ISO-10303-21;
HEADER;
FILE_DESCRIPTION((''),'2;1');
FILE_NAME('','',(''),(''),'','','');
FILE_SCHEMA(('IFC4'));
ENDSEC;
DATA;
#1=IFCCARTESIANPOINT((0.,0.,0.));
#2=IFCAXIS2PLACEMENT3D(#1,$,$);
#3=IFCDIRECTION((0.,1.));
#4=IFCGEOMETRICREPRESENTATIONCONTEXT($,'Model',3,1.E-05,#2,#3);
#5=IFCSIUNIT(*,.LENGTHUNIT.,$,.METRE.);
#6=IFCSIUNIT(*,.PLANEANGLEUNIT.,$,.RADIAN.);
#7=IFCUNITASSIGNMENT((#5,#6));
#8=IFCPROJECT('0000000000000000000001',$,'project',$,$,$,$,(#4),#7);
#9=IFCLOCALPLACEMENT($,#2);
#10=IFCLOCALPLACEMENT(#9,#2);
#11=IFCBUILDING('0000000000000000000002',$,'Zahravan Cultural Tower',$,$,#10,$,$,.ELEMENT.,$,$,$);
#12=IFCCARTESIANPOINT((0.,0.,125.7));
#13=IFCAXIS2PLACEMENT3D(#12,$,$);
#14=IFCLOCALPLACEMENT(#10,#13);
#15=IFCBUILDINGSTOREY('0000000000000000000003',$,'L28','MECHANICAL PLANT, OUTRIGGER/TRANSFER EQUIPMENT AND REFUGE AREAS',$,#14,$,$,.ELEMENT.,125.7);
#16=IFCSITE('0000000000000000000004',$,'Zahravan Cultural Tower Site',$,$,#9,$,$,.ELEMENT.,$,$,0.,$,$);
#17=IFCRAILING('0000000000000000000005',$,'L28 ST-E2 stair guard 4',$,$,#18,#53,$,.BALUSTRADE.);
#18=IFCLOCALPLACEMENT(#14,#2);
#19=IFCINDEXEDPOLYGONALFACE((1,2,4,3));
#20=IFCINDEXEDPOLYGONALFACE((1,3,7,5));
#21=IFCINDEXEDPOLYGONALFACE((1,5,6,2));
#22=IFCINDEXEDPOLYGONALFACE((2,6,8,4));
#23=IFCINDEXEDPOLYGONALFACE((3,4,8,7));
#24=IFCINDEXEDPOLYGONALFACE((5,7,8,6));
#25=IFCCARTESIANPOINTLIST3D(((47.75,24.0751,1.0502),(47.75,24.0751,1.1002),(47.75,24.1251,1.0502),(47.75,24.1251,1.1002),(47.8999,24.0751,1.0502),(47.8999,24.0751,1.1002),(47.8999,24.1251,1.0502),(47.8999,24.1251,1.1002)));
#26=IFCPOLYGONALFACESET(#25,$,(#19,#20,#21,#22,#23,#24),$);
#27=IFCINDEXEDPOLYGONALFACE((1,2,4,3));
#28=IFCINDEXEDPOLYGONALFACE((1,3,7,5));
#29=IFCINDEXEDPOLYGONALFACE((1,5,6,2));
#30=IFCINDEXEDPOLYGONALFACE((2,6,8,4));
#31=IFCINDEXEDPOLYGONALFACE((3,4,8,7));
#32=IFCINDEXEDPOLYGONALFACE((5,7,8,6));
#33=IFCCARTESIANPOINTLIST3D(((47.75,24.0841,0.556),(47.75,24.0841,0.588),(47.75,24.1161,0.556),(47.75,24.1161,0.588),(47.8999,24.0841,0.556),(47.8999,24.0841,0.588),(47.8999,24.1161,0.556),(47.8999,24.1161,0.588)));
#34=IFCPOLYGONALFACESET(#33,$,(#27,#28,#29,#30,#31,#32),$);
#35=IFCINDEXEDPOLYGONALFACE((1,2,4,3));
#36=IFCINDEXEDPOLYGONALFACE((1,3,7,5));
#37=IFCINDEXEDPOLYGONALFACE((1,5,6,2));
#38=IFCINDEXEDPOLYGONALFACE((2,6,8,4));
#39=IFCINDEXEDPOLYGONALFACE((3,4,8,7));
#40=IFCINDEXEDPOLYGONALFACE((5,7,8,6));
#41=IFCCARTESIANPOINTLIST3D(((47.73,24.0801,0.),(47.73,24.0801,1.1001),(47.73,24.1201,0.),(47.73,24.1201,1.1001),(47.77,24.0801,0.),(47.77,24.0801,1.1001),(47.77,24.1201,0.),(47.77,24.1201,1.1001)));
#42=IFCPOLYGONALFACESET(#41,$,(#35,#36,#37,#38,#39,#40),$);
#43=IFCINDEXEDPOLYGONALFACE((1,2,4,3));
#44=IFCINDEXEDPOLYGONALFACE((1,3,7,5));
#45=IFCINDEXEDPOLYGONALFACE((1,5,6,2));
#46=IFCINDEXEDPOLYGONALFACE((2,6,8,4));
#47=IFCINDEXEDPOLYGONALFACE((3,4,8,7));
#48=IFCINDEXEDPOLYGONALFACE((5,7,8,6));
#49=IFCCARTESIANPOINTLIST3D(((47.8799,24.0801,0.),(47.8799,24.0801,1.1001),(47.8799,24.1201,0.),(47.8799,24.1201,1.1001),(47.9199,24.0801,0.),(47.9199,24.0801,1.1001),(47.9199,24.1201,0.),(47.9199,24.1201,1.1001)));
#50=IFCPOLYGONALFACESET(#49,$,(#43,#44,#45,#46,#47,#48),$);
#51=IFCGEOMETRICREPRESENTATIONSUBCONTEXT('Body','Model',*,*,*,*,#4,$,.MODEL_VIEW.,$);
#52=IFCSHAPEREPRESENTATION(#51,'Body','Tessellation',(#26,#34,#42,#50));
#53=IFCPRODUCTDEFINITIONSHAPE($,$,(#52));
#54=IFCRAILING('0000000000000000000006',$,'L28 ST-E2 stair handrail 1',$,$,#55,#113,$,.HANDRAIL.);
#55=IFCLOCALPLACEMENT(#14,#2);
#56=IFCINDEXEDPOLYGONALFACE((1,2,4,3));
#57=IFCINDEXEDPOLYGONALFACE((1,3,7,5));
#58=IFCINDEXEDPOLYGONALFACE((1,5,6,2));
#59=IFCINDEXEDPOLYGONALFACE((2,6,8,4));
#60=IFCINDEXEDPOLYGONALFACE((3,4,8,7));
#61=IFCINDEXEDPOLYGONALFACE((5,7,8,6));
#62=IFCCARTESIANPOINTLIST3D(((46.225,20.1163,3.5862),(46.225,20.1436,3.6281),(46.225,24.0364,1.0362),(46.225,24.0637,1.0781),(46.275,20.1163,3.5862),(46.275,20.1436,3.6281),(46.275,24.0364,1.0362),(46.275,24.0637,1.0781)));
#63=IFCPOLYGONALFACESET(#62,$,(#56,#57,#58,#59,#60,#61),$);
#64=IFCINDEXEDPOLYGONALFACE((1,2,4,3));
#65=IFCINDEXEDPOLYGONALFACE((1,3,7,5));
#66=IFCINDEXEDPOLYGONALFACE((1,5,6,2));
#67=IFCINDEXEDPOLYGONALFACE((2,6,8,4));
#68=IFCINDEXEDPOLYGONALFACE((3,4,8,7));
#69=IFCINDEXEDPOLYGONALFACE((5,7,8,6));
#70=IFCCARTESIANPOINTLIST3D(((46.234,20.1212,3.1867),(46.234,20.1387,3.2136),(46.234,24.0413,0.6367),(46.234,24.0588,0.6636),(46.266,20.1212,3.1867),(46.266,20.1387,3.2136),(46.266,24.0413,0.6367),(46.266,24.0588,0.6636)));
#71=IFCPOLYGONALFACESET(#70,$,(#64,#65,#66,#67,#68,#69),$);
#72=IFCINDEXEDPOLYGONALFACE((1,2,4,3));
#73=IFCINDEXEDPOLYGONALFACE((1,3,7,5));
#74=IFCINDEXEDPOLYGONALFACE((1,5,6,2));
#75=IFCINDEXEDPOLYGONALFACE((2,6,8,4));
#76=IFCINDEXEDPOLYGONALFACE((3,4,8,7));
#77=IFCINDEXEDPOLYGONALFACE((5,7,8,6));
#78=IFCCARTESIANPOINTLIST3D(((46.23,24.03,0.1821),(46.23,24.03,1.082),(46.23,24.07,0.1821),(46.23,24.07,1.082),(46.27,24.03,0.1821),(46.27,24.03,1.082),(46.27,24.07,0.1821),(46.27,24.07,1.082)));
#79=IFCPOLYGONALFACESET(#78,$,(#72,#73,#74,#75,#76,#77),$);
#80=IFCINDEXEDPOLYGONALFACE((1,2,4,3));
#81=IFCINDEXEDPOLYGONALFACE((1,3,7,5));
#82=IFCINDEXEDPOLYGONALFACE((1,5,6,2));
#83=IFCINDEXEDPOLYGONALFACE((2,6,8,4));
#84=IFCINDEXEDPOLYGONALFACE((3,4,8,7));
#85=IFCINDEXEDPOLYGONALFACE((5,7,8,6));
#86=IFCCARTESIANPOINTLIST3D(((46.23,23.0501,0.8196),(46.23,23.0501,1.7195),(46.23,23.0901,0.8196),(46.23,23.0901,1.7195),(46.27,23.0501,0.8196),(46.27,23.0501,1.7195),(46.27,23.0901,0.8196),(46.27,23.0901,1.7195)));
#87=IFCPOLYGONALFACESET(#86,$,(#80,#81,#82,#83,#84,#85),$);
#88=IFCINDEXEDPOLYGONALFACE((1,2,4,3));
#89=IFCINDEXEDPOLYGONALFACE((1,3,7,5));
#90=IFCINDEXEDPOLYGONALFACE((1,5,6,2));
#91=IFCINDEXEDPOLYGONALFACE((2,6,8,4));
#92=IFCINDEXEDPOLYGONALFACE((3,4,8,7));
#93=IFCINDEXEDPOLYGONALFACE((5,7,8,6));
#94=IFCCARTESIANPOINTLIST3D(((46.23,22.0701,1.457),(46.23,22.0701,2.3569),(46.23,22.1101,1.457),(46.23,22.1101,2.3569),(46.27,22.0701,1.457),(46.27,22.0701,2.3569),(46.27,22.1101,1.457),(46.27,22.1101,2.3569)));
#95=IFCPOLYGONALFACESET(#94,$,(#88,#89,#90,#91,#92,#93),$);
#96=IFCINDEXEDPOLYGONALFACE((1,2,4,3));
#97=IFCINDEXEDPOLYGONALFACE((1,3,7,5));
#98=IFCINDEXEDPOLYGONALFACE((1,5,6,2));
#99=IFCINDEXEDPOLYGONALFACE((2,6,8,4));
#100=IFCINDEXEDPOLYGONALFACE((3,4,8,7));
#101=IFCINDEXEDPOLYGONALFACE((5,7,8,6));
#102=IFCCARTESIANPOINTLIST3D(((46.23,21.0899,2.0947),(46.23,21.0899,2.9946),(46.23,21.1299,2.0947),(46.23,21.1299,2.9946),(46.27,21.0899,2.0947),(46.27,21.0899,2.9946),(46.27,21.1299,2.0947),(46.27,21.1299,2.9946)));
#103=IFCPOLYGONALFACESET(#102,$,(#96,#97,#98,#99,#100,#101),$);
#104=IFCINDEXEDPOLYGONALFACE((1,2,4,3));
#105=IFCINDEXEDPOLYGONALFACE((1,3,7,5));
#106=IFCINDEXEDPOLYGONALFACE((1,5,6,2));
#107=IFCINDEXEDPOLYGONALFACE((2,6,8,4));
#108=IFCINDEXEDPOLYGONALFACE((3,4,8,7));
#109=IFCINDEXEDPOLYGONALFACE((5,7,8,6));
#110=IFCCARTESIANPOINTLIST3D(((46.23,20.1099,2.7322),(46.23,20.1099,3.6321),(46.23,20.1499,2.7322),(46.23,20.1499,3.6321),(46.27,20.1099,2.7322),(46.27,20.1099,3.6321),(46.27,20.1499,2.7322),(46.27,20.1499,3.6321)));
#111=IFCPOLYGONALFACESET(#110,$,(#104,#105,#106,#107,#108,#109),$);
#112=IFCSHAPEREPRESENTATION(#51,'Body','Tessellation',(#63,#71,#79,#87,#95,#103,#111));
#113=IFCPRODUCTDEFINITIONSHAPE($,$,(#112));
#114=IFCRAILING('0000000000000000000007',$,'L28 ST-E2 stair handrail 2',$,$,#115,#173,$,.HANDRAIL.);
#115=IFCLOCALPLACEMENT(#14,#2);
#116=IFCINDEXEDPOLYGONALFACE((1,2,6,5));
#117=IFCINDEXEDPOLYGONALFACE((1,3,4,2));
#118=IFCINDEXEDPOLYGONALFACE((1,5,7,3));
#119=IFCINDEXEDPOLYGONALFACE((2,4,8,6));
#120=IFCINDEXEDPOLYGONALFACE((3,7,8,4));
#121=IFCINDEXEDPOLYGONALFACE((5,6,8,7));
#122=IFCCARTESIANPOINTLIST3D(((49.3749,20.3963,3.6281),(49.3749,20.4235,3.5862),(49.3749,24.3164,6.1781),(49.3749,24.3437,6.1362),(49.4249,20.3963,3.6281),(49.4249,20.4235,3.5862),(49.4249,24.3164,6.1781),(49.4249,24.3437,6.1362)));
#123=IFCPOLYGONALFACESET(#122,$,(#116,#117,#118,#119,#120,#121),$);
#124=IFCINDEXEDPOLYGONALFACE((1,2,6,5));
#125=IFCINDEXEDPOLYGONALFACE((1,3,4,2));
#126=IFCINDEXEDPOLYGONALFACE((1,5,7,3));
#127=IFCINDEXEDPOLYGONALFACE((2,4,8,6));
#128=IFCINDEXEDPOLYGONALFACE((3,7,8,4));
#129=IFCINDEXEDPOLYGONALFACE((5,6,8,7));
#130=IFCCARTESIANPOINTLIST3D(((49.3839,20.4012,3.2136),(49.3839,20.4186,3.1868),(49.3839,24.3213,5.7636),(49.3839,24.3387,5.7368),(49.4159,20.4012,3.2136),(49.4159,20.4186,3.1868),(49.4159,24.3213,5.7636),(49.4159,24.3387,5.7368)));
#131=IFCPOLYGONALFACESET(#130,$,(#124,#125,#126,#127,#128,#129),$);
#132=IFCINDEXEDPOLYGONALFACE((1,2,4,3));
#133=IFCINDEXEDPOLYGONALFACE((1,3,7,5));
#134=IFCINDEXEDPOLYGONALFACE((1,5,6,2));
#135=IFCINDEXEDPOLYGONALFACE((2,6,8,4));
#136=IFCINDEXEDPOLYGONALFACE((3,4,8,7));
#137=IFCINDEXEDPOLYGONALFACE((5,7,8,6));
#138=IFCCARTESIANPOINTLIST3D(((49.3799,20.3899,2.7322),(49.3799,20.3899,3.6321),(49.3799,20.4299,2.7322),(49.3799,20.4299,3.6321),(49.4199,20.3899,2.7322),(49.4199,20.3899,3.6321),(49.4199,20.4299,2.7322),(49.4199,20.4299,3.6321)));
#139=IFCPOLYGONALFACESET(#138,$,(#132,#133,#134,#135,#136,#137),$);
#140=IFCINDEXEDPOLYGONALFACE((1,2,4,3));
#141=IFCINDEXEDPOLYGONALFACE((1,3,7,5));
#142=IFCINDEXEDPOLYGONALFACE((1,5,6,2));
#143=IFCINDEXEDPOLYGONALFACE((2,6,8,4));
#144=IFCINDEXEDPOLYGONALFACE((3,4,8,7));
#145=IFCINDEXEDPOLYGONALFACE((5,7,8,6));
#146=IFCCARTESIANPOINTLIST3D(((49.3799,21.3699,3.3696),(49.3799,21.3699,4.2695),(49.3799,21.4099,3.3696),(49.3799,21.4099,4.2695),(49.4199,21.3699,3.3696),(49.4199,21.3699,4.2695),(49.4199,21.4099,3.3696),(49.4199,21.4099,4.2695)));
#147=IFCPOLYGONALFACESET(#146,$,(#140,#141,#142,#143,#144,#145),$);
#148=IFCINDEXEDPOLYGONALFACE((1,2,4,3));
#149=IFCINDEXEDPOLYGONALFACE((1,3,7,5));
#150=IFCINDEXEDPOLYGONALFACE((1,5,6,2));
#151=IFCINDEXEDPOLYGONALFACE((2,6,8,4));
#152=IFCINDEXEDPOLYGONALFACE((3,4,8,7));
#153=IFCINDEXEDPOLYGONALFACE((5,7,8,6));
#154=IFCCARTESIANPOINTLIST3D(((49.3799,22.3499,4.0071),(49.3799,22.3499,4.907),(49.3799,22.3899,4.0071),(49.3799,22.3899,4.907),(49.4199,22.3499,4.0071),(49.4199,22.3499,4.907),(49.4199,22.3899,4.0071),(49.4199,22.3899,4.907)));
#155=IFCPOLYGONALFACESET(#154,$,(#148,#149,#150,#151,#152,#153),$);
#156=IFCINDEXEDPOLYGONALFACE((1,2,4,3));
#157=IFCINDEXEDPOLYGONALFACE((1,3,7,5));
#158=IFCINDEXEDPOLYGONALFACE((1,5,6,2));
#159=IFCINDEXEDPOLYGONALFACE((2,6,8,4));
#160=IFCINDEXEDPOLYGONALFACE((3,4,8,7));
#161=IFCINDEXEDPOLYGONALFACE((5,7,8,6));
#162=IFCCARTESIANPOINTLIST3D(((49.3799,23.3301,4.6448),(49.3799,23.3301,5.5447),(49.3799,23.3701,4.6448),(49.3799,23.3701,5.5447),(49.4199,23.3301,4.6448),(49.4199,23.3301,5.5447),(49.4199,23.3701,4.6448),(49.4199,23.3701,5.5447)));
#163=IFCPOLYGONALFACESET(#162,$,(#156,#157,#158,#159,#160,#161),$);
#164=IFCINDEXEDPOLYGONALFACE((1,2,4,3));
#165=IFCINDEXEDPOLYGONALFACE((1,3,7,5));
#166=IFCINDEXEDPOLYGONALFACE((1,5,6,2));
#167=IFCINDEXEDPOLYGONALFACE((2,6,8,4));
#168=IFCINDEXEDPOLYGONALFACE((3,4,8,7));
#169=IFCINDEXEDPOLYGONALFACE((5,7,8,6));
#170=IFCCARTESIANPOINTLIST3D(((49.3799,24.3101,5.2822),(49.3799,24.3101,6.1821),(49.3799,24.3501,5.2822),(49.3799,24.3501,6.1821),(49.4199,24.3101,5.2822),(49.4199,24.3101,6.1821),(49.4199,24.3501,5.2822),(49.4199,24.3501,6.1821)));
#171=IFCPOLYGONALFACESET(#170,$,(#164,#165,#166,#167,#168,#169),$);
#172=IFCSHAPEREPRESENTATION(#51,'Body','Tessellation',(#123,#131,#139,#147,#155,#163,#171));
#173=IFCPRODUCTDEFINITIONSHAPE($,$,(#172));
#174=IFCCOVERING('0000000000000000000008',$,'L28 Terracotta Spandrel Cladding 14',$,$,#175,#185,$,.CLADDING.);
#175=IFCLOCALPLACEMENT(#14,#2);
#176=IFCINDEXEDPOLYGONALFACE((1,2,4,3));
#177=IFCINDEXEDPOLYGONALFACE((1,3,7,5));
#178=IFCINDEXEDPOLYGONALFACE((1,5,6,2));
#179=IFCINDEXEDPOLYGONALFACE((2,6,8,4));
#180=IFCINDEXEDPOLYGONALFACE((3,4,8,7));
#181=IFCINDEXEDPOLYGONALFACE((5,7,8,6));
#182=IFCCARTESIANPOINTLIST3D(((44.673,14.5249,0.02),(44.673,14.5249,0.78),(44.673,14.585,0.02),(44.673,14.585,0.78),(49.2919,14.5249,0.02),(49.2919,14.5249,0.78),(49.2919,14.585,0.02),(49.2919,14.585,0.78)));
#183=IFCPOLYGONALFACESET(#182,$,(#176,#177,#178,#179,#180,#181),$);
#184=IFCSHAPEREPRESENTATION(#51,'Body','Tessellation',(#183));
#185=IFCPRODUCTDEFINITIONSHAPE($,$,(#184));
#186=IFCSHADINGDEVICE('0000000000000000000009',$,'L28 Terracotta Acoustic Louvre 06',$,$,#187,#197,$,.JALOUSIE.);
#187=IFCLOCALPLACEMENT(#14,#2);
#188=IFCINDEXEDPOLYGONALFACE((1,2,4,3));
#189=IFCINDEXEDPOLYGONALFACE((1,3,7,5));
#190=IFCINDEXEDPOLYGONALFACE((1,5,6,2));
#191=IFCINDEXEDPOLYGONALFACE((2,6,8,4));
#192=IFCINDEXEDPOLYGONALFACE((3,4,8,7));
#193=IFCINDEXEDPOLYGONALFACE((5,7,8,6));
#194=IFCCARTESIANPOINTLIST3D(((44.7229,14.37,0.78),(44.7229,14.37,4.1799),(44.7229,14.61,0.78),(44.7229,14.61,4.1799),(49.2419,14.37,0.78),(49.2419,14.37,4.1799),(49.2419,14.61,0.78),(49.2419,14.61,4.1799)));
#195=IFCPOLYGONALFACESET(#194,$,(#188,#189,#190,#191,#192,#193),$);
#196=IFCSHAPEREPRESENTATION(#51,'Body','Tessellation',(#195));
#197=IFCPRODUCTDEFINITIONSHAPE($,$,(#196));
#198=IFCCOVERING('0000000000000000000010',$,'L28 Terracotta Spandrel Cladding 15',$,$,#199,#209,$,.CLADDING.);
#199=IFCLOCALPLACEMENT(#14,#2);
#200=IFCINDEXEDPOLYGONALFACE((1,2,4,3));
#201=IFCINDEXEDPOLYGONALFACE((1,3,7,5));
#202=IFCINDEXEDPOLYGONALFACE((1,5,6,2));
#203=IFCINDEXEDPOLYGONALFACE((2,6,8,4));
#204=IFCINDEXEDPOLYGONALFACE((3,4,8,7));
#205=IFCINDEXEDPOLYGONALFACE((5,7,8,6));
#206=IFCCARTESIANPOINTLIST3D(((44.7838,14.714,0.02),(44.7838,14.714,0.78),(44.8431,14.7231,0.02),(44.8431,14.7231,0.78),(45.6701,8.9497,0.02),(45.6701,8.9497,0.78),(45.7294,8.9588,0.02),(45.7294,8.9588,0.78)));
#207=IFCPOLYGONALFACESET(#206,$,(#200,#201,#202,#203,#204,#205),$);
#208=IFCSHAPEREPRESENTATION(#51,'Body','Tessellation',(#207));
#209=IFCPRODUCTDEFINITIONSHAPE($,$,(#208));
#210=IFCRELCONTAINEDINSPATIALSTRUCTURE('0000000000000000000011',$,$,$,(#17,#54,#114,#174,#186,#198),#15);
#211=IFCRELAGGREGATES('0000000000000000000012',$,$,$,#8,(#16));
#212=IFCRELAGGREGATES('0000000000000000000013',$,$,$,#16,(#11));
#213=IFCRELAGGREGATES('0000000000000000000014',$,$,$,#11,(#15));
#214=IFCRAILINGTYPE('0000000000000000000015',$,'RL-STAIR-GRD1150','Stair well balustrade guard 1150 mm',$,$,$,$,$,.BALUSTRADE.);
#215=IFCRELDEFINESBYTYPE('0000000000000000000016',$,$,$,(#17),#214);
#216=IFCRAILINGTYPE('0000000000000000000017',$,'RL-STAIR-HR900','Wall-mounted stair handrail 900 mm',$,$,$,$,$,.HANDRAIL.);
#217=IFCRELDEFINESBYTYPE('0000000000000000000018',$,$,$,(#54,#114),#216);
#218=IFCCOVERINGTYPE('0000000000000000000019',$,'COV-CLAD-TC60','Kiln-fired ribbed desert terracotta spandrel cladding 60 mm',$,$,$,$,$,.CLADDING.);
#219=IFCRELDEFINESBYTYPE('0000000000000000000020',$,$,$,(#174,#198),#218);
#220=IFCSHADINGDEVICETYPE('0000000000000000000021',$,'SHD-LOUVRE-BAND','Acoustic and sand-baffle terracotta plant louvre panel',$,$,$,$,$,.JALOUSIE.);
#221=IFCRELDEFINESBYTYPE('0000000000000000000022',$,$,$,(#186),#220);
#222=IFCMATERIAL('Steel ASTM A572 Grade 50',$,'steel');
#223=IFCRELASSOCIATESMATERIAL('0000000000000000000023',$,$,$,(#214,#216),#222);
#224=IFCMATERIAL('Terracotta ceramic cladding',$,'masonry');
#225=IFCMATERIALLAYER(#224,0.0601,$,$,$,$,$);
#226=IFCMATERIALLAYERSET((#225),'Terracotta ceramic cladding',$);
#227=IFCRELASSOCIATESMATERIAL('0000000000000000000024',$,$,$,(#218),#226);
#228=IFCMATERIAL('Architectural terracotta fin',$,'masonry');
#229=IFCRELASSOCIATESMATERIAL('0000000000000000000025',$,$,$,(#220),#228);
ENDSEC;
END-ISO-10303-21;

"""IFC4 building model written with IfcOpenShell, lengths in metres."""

from ifc_helpers import new_model, si_unit, direction, frame, origin, origin_2d, place, context, subcontext, project, spatial, rectangle, extrude, source, transform, mapped, material, layer, layer_set, type_object, element, save


model = new_model("IFC4")

# Units and contexts
model_context = context("Model", 3, precision=1e-05, world=origin(), true_north=direction((0.0, 1.0)))
body_context = subcontext(model_context, "Body", "Model", "MODEL_VIEW")
ifc_project = project(units=[si_unit("LENGTHUNIT", "METRE"), si_unit("PLANEANGLEUNIT", "RADIAN")], contexts=[model_context])

# Site, building, storey
site_placement = place(None, origin())
site = spatial("IfcSite", under=ifc_project, at=site_placement, Name="Zahravan Cultural Tower Site", CompositionType="ELEMENT", RefElevation=0.0)
building_placement = place(site_placement, origin())
building = spatial("IfcBuilding", under=site, at=building_placement, Name="Zahravan Cultural Tower", CompositionType="ELEMENT")
storey_placement = place(building_placement, frame((0.0, 0.0, 125.7)))
storey = spatial("IfcBuildingStorey", under=building, at=storey_placement, Name="L28", Description="MECHANICAL PLANT, OUTRIGGER/TRANSFER EQUIPMENT AND REFUGE AREAS", CompositionType="ELEMENT", Elevation=125.7)

# Shared definitions
ifc_material_1 = material(Name="Steel ASTM A572 Grade 50", Category="steel")

# Railings
railing_type_1 = type_object("IfcRailingType", Name="RL-STAIR-GRD1150", Description="Stair well balustrade guard 1150 mm", PredefinedType="BALUSTRADE", material=ifc_material_1)
railing_1_placement = place(storey_placement, frame((47.75, 24.1001, 0.0)))
element("IfcRailing", 1, at=railing_1_placement, inside=storey, type_object=railing_type_1, Name="L28 ST-E2 stair guard 4", PredefinedType="BALUSTRADE", context=body_context, shape_type="SweptSolid", body=[
    extrude(rectangle(XDim=0.05, YDim=0.05, at=origin_2d()), frame((0.0, 0.0, 1.0752), z_axis=(1.0, 0.0, 0.0), x_axis=(0.0, 1.0, 0.0)), (0.0, 0.0, 1.0), 0.1499),
    extrude(rectangle(XDim=0.032, YDim=0.032, at=origin_2d()), frame((0.0, 0.0, 0.572), z_axis=(1.0, 0.0, 0.0), x_axis=(0.0, 1.0, 0.0)), (0.0, 0.0, 1.0), 0.1499),
    extrude(rectangle(XDim=0.04, YDim=0.04, at=origin_2d()), origin(), (0.0, 0.0, 1.0), 1.1001),
    extrude(rectangle(XDim=0.04, YDim=0.04, at=origin_2d()), frame((0.1499, 0.0, 0.0)), (0.0, 0.0, 1.0), 1.1001),
])
railing_type_2 = type_object("IfcRailingType", Name="RL-STAIR-HR900", Description="Wall-mounted stair handrail 900 mm", PredefinedType="HANDRAIL", material=ifc_material_1)
railing_2_placement = place(storey_placement, frame((46.25, 24.05, 0.1821)))
element("IfcRailing", 2, at=railing_2_placement, inside=storey, type_object=railing_type_2, Name="L28 ST-E2 stair handrail 1", PredefinedType="HANDRAIL", context=body_context, shape_type="SweptSolid", body=[
    extrude(rectangle(XDim=0.05, YDim=0.05, at=origin_2d()), frame((0.0, 0.0, 0.875), z_axis=(0.0, -0.838254, 0.54528), x_axis=(1.0, 0.0, 0.0)), (0.0, 0.0, 1.0), 4.6765),
    extrude(rectangle(XDim=0.032, YDim=0.032, at=origin_2d()), frame((0.0, 0.0, 0.468), z_axis=(0.0, -0.838254, 0.54528), x_axis=(1.0, 0.0, 0.0)), (0.0, 0.0, 1.0), 4.6765),
    extrude(rectangle(XDim=0.04, YDim=0.04, at=origin_2d()), origin(), (0.0, 0.0, 1.0), 0.8999),
    extrude(rectangle(XDim=0.04, YDim=0.04, at=origin_2d()), frame((0.0, -0.98, 0.6375)), (0.0, 0.0, 1.0), 0.8999),
    extrude(rectangle(XDim=0.04, YDim=0.04, at=origin_2d()), frame((0.0, -1.96, 1.2749)), (0.0, 0.0, 1.0), 0.8999),
    extrude(rectangle(XDim=0.04, YDim=0.04, at=origin_2d()), frame((0.0, -2.9402, 1.9126)), (0.0, 0.0, 1.0), 0.8999),
    extrude(rectangle(XDim=0.04, YDim=0.04, at=origin_2d()), frame((0.0, -3.9202, 2.55)), (0.0, 0.0, 1.0), 0.8999),
])
railing_3_placement = place(storey_placement, frame((49.3999, 20.4099, 2.7322)))
element("IfcRailing", 3, at=railing_3_placement, inside=storey, type_object=railing_type_2, Name="L28 ST-E2 stair handrail 2", PredefinedType="HANDRAIL", context=body_context, shape_type="SweptSolid", body=[
    extrude(rectangle(XDim=0.05, YDim=0.05, at=origin_2d()), frame((0.0, 0.0, 0.875), z_axis=(0.0, 0.838254, 0.54528), x_axis=(-1.0, 0.0, 0.0)), (0.0, 0.0, 1.0), 4.6765),
    extrude(rectangle(XDim=0.032, YDim=0.032, at=origin_2d()), frame((0.0, 0.0, 0.468), z_axis=(0.0, 0.838254, 0.54528), x_axis=(-1.0, 0.0, 0.0)), (0.0, 0.0, 1.0), 4.6765),
    extrude(rectangle(XDim=0.04, YDim=0.04, at=origin_2d()), origin(), (0.0, 0.0, 1.0), 0.8999),
    extrude(rectangle(XDim=0.04, YDim=0.04, at=origin_2d()), frame((0.0, 0.98, 0.6375)), (0.0, 0.0, 1.0), 0.8999),
    extrude(rectangle(XDim=0.04, YDim=0.04, at=origin_2d()), frame((0.0, 1.96, 1.2749)), (0.0, 0.0, 1.0), 0.8999),
    extrude(rectangle(XDim=0.04, YDim=0.04, at=origin_2d()), frame((0.0, 2.9402, 1.9126)), (0.0, 0.0, 1.0), 0.8999),
    extrude(rectangle(XDim=0.04, YDim=0.04, at=origin_2d()), frame((0.0, 3.9202, 2.55)), (0.0, 0.0, 1.0), 0.8999),
])

# Covering
ifc_material_2 = material(Name="Terracotta ceramic cladding", Category="masonry")
ifc_layer_1 = layer(ifc_material_2, 0.0601)
ifc_layer_set_1 = layer_set([ifc_layer_1], Name="Terracotta ceramic cladding")
covering_type = type_object("IfcCoveringType", Name="COV-CLAD-TC60", Description="Kiln-fired ribbed desert terracotta spandrel cladding 60 mm", PredefinedType="CLADDING", material=ifc_layer_set_1)
shared_shape_1 = source(origin(), body_context, "Body", "SweptSolid", [
    extrude(rectangle(XDim=4.6189, YDim=0.0601, at=origin_2d()), origin(), (0.0, 0.0, 1.0), 0.76),
])
covering_1_placement = place(storey_placement, frame((46.9824, 14.5549, 0.02), z_axis=(0.0, 0.0, 1.0), x_axis=(-1.0, 0.0, 0.0)))
element("IfcCovering", 4, at=covering_1_placement, inside=storey, type_object=covering_type, Name="L28 Terracotta Spandrel Cladding 14", PredefinedType="CLADDING", context=body_context, shape_type="MappedRepresentation", body=[
    mapped(shared_shape_1, transform((0.0, 0.0, 0.0), x_axis=(1.0, 0.0, 0.0), y_axis=(0.0, 1.0, 0.0), z_axis=(0.0, 0.0, 1.0), scale=1.0)),
])

# Shading device
ifc_material_3 = material(Name="Architectural terracotta fin", Category="masonry")
shading_device_type = type_object("IfcShadingDeviceType", Name="SHD-LOUVRE-BAND", Description="Acoustic and sand-baffle terracotta plant louvre panel", PredefinedType="JALOUSIE", material=ifc_material_3)
shared_shape_2 = source(origin(), body_context, "Body", "SweptSolid", [
    extrude(rectangle(XDim=4.519, YDim=0.24, at=origin_2d()), origin(), (0.0, 0.0, 1.0), 3.3999),
])
shading_device_1_placement = place(storey_placement, frame((46.9824, 14.49, 0.78), z_axis=(0.0, 0.0, 1.0), x_axis=(-1.0, 0.0, 0.0)))
element("IfcShadingDevice", 5, at=shading_device_1_placement, inside=storey, type_object=shading_device_type, Name="L28 Terracotta Acoustic Louvre 06", PredefinedType="JALOUSIE", context=body_context, shape_type="MappedRepresentation", body=[
    mapped(shared_shape_2, transform((0.0, 0.0, 0.0), x_axis=(1.0, 0.0, 0.0), y_axis=(0.0, 1.0, 0.0), z_axis=(0.0, 0.0, 1.0), scale=1.0)),
])

# Covering
shared_shape_3 = source(origin(), body_context, "Body", "SweptSolid", [
    extrude(rectangle(XDim=5.832, YDim=0.0601, at=origin_2d()), origin(), (0.0, 0.0, 1.0), 0.76),
])
covering_2_placement = place(storey_placement, frame((45.2566, 11.8364, 0.02), z_axis=(0.0, 0.0, 1.0), x_axis=(0.151968, -0.988385, 0.0)))
element("IfcCovering", 6, at=covering_2_placement, inside=storey, type_object=covering_type, Name="L28 Terracotta Spandrel Cladding 15", PredefinedType="CLADDING", context=body_context, shape_type="MappedRepresentation", body=[
    mapped(shared_shape_3, transform((0.0, 0.0, 0.0), x_axis=(1.0, 0.0, 0.0), y_axis=(0.0, 1.0, 0.0), z_axis=(0.0, 0.0, 1.0), scale=1.0)),
])

save(model, "model.ifc")
